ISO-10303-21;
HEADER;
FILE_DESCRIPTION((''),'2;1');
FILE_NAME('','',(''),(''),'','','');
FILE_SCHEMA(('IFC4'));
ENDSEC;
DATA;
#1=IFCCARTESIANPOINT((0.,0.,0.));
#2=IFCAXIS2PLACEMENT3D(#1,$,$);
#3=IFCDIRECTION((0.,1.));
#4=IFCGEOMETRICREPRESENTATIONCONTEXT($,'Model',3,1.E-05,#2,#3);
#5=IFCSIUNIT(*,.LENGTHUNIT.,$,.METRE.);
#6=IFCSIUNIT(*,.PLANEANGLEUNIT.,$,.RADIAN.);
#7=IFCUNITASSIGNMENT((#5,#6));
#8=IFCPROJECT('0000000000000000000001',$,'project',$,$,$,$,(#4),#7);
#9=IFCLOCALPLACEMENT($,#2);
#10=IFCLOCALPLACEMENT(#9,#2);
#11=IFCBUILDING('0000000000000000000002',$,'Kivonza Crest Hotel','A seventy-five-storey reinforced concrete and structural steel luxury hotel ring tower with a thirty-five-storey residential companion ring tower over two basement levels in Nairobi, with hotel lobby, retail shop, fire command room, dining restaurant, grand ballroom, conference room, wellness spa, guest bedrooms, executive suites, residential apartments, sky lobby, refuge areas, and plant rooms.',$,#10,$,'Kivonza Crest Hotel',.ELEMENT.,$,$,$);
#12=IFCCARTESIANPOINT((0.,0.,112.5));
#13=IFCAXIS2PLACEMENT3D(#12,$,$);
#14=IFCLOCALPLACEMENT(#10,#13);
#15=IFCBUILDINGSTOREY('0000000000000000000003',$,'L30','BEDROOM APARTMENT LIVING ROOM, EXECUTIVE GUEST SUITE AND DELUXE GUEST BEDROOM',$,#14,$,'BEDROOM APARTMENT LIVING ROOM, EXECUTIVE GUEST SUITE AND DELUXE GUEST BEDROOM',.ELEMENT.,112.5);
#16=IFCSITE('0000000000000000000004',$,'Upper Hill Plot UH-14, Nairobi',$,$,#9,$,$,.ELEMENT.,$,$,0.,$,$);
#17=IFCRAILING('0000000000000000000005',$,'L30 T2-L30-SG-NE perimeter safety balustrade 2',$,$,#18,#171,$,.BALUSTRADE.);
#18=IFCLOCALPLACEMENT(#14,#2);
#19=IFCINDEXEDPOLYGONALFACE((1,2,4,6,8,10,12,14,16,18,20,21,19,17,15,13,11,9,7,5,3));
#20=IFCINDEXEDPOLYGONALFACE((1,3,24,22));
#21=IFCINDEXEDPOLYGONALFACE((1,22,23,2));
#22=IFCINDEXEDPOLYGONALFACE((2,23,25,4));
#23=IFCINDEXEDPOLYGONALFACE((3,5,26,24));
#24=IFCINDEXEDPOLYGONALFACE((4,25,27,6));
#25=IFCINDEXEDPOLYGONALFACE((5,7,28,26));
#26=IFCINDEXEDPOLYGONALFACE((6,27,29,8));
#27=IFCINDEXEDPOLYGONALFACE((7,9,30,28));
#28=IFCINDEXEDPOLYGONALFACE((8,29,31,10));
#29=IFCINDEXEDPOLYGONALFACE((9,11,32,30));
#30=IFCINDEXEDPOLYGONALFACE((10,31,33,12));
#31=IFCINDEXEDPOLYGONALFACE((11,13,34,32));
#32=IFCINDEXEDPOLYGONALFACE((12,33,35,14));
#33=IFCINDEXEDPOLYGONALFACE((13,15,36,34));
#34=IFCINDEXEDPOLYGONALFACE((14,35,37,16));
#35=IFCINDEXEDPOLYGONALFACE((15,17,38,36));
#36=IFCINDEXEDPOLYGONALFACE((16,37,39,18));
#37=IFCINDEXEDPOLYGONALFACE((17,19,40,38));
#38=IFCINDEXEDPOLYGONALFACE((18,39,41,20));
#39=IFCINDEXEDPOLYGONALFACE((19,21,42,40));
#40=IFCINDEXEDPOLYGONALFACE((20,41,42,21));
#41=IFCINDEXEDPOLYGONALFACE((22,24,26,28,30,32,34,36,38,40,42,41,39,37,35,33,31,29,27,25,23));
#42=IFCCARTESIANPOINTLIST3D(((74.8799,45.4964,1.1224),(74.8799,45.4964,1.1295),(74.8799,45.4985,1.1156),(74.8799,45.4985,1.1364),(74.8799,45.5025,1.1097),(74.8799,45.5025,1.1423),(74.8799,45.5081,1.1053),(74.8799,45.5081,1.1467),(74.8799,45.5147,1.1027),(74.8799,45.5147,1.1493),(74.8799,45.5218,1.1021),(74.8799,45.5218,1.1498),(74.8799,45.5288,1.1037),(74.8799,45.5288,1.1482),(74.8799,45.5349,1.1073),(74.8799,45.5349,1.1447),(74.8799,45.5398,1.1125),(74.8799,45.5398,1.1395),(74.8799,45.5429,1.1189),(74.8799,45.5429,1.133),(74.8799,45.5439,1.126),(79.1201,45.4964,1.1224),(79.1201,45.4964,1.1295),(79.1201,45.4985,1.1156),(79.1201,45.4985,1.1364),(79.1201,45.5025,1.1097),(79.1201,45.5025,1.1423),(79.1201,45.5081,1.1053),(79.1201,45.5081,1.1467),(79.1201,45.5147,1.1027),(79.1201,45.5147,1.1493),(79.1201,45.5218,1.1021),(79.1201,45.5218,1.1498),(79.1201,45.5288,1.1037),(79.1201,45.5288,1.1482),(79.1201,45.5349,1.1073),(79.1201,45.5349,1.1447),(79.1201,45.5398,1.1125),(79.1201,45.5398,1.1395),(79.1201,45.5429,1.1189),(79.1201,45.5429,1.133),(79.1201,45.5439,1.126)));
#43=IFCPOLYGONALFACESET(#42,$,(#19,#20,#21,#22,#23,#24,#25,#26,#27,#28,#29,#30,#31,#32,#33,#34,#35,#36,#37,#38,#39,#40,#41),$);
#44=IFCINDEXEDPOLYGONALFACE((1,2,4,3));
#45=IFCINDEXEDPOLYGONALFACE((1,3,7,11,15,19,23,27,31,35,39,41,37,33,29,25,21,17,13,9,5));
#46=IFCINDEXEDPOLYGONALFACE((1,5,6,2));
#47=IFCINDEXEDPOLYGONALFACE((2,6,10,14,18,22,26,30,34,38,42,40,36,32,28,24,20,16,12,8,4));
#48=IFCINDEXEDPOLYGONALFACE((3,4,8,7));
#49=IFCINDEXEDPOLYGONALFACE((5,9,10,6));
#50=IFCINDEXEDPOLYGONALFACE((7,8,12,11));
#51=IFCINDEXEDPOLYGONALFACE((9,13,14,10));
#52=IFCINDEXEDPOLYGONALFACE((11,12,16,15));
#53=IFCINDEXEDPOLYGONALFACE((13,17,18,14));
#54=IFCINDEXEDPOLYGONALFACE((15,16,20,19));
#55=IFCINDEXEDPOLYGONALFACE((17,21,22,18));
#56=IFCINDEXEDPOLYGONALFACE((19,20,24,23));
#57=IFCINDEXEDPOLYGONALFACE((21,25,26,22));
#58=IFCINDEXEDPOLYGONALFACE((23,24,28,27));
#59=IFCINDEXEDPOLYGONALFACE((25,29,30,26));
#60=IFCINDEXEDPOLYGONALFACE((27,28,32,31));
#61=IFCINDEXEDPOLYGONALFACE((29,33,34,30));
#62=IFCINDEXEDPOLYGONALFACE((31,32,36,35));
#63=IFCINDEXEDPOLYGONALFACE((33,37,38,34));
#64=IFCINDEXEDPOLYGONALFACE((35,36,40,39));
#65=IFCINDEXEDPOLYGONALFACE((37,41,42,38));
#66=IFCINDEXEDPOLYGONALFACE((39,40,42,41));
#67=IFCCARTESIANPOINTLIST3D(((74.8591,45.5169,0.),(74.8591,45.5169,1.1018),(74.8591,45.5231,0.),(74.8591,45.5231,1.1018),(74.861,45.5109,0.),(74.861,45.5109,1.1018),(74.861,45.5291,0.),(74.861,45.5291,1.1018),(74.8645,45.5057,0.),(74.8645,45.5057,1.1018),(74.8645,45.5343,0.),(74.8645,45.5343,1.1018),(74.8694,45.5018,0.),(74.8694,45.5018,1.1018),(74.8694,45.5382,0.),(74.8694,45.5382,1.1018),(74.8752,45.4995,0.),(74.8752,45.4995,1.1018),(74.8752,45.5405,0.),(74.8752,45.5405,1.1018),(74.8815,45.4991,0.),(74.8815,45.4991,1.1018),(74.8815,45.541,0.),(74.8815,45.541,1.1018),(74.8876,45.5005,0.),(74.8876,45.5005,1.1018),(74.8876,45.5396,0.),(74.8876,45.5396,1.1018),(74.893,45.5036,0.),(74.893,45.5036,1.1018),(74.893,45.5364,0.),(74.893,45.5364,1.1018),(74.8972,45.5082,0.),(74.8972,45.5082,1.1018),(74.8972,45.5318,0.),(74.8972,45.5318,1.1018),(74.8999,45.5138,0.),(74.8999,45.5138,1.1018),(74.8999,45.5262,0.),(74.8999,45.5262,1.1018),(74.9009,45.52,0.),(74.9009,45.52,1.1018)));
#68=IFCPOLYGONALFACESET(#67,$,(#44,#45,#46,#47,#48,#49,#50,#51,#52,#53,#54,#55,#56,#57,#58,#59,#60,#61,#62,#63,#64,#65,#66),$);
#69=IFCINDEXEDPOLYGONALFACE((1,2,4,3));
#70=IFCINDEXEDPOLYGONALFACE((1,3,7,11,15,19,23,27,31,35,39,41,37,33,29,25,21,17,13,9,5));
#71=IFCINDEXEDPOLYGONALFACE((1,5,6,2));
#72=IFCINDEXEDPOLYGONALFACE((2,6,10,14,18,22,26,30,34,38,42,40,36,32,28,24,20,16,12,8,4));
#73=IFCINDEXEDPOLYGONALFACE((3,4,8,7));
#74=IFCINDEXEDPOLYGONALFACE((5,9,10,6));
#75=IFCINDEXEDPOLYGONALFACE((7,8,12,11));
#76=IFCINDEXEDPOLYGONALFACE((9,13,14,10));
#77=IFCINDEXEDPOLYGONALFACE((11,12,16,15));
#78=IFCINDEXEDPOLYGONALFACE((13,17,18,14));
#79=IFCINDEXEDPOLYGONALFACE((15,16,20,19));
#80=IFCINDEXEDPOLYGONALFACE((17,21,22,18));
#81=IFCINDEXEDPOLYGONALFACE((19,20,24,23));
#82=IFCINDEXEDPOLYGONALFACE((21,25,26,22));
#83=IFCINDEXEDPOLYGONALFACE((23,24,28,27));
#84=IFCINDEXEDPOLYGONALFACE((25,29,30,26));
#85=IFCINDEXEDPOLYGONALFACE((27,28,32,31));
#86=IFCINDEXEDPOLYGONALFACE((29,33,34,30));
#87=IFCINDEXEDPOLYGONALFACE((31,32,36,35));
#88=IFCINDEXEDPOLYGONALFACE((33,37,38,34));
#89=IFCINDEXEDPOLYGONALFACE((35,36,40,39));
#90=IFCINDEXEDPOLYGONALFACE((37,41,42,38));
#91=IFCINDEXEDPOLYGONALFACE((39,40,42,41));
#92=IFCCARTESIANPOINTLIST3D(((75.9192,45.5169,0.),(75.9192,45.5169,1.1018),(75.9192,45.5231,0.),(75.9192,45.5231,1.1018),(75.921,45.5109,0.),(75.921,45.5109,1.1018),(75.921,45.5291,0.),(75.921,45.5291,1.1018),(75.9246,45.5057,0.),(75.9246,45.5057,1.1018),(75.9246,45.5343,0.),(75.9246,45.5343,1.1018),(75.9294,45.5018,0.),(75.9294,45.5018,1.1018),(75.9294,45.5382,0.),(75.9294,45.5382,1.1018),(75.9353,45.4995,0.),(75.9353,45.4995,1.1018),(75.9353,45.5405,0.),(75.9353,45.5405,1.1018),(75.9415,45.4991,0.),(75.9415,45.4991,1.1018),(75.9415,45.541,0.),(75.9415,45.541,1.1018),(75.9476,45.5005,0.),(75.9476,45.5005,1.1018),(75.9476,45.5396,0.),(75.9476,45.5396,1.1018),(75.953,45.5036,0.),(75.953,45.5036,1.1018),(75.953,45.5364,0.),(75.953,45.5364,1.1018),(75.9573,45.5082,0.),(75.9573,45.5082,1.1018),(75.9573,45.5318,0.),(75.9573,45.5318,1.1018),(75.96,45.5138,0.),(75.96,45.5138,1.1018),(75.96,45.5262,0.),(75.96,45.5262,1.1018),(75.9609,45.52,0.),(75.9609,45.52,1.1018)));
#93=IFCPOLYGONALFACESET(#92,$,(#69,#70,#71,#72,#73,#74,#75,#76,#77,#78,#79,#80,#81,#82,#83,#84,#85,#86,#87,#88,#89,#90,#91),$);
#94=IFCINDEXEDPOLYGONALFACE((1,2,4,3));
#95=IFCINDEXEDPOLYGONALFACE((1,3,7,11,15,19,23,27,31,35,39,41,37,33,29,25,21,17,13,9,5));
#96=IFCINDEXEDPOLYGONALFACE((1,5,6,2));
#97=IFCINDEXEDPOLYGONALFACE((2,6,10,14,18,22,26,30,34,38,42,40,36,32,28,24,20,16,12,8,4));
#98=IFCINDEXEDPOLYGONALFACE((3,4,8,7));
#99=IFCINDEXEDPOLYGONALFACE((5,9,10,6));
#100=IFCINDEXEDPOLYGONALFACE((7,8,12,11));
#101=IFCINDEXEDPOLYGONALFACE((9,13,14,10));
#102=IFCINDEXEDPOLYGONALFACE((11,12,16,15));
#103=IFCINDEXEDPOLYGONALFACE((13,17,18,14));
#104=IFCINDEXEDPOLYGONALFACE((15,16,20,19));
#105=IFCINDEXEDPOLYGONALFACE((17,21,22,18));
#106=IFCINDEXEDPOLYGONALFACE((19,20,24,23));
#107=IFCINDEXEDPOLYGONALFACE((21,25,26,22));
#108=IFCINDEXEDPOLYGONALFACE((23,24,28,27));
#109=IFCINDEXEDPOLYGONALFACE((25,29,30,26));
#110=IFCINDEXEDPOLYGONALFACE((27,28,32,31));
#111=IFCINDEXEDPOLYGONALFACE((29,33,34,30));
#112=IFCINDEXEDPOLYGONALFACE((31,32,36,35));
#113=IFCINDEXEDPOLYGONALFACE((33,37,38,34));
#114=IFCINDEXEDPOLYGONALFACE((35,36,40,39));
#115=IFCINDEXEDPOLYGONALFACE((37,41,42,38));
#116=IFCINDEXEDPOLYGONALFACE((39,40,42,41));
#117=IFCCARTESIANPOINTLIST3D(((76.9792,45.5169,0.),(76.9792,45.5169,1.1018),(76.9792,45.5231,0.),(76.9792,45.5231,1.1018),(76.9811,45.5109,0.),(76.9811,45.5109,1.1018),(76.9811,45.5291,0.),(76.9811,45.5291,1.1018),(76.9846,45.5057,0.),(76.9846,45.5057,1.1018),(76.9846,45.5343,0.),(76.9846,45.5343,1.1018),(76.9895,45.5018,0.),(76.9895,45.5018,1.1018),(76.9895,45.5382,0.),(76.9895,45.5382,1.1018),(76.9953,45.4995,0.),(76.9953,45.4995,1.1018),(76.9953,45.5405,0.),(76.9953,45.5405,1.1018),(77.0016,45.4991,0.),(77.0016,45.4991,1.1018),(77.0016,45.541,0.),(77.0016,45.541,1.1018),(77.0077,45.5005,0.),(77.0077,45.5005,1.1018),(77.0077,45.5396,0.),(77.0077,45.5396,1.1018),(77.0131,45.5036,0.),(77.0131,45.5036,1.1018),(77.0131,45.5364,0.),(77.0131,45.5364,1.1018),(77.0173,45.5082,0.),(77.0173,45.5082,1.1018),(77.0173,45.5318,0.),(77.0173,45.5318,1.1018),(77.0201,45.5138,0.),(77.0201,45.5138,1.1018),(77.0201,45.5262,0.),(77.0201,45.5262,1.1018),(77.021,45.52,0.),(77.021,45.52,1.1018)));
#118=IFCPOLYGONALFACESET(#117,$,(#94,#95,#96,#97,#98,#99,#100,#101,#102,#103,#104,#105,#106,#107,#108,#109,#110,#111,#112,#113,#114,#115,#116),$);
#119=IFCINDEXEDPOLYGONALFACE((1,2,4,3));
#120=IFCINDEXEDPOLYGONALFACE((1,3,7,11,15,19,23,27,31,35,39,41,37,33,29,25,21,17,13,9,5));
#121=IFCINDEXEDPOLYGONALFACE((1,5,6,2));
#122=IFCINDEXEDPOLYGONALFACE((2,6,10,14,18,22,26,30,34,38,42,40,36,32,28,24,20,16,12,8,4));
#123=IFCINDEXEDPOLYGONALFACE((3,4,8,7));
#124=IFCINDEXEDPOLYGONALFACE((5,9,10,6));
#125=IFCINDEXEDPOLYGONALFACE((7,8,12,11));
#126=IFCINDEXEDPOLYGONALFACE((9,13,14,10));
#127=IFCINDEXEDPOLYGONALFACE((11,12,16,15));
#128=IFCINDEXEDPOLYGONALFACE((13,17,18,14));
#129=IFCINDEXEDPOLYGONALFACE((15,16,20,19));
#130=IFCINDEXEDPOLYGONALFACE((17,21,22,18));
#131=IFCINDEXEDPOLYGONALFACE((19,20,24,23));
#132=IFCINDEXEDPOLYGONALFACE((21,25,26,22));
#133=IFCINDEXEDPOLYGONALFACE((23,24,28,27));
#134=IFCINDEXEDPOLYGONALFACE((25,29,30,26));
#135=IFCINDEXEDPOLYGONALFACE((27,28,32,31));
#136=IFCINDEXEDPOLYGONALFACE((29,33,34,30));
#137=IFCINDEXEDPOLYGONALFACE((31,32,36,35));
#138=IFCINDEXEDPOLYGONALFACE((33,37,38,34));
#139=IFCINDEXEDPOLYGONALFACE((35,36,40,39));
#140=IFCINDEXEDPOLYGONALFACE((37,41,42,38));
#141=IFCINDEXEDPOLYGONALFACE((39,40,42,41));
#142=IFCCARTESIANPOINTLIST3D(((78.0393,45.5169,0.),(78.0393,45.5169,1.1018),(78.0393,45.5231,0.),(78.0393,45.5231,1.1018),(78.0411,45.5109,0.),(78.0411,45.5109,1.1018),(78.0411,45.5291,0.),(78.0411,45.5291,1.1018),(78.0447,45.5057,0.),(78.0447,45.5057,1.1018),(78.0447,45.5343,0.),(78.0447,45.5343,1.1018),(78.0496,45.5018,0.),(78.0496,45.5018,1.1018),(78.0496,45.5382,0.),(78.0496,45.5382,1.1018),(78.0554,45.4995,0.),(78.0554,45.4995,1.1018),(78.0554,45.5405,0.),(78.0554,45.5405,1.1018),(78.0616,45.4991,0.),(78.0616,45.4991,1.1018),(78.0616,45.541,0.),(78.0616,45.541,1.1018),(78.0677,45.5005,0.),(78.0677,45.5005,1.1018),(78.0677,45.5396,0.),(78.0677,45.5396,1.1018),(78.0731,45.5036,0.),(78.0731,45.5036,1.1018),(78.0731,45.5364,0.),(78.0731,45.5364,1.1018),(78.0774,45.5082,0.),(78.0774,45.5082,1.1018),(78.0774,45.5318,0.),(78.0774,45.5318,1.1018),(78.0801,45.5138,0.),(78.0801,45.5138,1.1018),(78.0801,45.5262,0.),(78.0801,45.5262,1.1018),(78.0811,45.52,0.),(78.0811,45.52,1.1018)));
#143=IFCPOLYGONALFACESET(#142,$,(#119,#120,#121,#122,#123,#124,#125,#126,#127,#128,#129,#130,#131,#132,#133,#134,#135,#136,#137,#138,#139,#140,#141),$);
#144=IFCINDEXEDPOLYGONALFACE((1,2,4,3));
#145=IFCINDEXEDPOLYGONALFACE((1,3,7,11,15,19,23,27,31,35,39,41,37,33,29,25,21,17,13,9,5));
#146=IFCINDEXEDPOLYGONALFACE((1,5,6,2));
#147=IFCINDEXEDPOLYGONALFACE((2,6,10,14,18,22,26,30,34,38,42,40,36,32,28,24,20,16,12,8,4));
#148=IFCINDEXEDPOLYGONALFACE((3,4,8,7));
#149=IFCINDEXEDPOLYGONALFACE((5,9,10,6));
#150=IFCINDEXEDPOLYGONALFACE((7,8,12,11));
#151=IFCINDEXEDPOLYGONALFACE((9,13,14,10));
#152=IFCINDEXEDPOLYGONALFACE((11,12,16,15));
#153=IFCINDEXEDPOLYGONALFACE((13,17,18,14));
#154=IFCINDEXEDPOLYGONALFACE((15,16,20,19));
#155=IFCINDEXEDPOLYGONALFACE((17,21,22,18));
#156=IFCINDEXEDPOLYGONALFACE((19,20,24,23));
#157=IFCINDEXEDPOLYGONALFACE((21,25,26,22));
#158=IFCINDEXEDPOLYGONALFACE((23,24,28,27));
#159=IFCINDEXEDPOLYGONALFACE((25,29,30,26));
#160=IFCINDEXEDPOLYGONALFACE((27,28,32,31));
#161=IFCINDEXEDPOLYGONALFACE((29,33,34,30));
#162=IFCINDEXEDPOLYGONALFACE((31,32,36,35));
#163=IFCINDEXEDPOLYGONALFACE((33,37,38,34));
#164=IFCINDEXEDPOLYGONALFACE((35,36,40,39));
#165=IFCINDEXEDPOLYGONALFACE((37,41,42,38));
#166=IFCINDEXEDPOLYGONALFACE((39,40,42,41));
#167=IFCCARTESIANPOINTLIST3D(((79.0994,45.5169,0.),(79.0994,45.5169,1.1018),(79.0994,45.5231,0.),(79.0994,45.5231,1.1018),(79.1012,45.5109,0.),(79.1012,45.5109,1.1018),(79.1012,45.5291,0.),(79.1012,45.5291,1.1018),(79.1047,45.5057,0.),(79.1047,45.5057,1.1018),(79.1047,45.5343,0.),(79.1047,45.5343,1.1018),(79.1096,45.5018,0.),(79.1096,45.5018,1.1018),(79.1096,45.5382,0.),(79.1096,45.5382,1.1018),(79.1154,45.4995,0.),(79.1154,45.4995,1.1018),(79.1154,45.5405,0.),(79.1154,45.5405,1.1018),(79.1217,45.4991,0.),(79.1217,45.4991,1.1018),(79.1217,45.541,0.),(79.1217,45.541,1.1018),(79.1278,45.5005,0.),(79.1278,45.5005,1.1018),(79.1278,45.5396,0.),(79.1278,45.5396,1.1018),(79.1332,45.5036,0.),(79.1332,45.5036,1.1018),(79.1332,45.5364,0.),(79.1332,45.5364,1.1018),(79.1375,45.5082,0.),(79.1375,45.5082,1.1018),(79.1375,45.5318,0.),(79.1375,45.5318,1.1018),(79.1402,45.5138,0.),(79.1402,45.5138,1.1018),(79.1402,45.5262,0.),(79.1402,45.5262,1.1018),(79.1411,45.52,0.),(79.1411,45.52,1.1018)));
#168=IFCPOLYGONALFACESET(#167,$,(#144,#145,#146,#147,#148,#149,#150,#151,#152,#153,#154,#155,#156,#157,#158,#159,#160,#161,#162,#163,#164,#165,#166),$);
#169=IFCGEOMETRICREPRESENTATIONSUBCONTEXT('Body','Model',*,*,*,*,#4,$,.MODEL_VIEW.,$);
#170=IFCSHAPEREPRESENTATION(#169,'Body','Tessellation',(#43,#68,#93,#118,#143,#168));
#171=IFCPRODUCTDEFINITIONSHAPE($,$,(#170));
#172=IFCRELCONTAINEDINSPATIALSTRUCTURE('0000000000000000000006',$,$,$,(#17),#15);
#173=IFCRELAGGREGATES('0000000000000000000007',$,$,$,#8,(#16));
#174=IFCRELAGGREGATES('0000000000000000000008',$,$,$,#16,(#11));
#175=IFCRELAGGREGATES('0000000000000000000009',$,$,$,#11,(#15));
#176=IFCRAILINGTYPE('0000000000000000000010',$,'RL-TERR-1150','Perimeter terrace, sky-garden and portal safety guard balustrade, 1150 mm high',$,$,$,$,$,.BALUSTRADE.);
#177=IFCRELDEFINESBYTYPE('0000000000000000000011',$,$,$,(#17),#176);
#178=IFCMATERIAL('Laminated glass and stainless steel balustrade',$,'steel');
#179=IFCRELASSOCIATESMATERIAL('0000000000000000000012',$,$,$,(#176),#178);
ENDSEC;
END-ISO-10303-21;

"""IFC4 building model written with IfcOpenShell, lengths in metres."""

from ifc_helpers import new_model, si_unit, direction, frame, origin, origin_2d, place, context, subcontext, project, spatial, circle, extrude, material, type_object, element, save


model = new_model("IFC4")

# Units and contexts
model_context = context("Model", 3, precision=1e-05, world=origin(), true_north=direction((0.0, 1.0)))
body_context = subcontext(model_context, "Body", "Model", "MODEL_VIEW")
ifc_project = project(units=[si_unit("LENGTHUNIT", "METRE"), si_unit("PLANEANGLEUNIT", "RADIAN")], contexts=[model_context])

# Site, building, storey
site_placement = place(None, origin())
site = spatial("IfcSite", under=ifc_project, at=site_placement, Name="Upper Hill Plot UH-14, Nairobi", CompositionType="ELEMENT", RefElevation=0.0)
building_placement = place(site_placement, origin())
building = spatial("IfcBuilding", under=site, at=building_placement, Name="Kivonza Crest Hotel", Description="A seventy-five-storey reinforced concrete and structural steel luxury hotel ring tower with a thirty-five-storey residential companion ring tower over two basement levels in Nairobi, with hotel lobby, retail shop, fire command room, dining restaurant, grand ballroom, conference room, wellness spa, guest bedrooms, executive suites, residential apartments, sky lobby, refuge areas, and plant rooms.", LongName="Kivonza Crest Hotel", CompositionType="ELEMENT")
storey_placement = place(building_placement, frame((0.0, 0.0, 112.5)))
storey = spatial("IfcBuildingStorey", under=building, at=storey_placement, Name="L30", Description="BEDROOM APARTMENT LIVING ROOM, EXECUTIVE GUEST SUITE AND DELUXE GUEST BEDROOM", LongName="BEDROOM APARTMENT LIVING ROOM, EXECUTIVE GUEST SUITE AND DELUXE GUEST BEDROOM", CompositionType="ELEMENT", Elevation=112.5)

# Railing
ifc_material_1 = material(Name="Laminated glass and stainless steel balustrade", Category="steel")
railing_type_1 = type_object("IfcRailingType", Name="RL-TERR-1150", Description="Perimeter terrace, sky-garden and portal safety guard balustrade, 1150 mm high", PredefinedType="BALUSTRADE", material=ifc_material_1)
railing_1_placement = place(storey_placement, frame((74.8799, 45.52, 0.0)))
element("IfcRailing", 1, at=railing_1_placement, inside=storey, type_object=railing_type_1, Name="L30 T2-L30-SG-NE perimeter safety balustrade 2", PredefinedType="BALUSTRADE", context=body_context, shape_type="SweptSolid", body=[
    extrude(circle(Radius=0.0239, at=origin_2d()), frame((0.0, 0.0, 1.126), z_axis=(1.0, 0.0, 0.0), x_axis=(0.0, 1.0, 0.0)), (0.0, 0.0, 1.0), 4.2402),
    extrude(circle(Radius=0.021, at=origin_2d()), origin(), (0.0, 0.0, 1.0), 1.1018),
    extrude(circle(Radius=0.021, at=origin_2d()), frame((1.0601, 0.0, 0.0)), (0.0, 0.0, 1.0), 1.1018),
    extrude(circle(Radius=0.021, at=origin_2d()), frame((2.1201, 0.0, 0.0)), (0.0, 0.0, 1.0), 1.1018),
    extrude(circle(Radius=0.021, at=origin_2d()), frame((3.1802, 0.0, 0.0)), (0.0, 0.0, 1.0), 1.1018),
    extrude(circle(Radius=0.021, at=origin_2d()), frame((4.2402, 0.0, 0.0)), (0.0, 0.0, 1.0), 1.1018),
])

save(model, "model.ifc")
